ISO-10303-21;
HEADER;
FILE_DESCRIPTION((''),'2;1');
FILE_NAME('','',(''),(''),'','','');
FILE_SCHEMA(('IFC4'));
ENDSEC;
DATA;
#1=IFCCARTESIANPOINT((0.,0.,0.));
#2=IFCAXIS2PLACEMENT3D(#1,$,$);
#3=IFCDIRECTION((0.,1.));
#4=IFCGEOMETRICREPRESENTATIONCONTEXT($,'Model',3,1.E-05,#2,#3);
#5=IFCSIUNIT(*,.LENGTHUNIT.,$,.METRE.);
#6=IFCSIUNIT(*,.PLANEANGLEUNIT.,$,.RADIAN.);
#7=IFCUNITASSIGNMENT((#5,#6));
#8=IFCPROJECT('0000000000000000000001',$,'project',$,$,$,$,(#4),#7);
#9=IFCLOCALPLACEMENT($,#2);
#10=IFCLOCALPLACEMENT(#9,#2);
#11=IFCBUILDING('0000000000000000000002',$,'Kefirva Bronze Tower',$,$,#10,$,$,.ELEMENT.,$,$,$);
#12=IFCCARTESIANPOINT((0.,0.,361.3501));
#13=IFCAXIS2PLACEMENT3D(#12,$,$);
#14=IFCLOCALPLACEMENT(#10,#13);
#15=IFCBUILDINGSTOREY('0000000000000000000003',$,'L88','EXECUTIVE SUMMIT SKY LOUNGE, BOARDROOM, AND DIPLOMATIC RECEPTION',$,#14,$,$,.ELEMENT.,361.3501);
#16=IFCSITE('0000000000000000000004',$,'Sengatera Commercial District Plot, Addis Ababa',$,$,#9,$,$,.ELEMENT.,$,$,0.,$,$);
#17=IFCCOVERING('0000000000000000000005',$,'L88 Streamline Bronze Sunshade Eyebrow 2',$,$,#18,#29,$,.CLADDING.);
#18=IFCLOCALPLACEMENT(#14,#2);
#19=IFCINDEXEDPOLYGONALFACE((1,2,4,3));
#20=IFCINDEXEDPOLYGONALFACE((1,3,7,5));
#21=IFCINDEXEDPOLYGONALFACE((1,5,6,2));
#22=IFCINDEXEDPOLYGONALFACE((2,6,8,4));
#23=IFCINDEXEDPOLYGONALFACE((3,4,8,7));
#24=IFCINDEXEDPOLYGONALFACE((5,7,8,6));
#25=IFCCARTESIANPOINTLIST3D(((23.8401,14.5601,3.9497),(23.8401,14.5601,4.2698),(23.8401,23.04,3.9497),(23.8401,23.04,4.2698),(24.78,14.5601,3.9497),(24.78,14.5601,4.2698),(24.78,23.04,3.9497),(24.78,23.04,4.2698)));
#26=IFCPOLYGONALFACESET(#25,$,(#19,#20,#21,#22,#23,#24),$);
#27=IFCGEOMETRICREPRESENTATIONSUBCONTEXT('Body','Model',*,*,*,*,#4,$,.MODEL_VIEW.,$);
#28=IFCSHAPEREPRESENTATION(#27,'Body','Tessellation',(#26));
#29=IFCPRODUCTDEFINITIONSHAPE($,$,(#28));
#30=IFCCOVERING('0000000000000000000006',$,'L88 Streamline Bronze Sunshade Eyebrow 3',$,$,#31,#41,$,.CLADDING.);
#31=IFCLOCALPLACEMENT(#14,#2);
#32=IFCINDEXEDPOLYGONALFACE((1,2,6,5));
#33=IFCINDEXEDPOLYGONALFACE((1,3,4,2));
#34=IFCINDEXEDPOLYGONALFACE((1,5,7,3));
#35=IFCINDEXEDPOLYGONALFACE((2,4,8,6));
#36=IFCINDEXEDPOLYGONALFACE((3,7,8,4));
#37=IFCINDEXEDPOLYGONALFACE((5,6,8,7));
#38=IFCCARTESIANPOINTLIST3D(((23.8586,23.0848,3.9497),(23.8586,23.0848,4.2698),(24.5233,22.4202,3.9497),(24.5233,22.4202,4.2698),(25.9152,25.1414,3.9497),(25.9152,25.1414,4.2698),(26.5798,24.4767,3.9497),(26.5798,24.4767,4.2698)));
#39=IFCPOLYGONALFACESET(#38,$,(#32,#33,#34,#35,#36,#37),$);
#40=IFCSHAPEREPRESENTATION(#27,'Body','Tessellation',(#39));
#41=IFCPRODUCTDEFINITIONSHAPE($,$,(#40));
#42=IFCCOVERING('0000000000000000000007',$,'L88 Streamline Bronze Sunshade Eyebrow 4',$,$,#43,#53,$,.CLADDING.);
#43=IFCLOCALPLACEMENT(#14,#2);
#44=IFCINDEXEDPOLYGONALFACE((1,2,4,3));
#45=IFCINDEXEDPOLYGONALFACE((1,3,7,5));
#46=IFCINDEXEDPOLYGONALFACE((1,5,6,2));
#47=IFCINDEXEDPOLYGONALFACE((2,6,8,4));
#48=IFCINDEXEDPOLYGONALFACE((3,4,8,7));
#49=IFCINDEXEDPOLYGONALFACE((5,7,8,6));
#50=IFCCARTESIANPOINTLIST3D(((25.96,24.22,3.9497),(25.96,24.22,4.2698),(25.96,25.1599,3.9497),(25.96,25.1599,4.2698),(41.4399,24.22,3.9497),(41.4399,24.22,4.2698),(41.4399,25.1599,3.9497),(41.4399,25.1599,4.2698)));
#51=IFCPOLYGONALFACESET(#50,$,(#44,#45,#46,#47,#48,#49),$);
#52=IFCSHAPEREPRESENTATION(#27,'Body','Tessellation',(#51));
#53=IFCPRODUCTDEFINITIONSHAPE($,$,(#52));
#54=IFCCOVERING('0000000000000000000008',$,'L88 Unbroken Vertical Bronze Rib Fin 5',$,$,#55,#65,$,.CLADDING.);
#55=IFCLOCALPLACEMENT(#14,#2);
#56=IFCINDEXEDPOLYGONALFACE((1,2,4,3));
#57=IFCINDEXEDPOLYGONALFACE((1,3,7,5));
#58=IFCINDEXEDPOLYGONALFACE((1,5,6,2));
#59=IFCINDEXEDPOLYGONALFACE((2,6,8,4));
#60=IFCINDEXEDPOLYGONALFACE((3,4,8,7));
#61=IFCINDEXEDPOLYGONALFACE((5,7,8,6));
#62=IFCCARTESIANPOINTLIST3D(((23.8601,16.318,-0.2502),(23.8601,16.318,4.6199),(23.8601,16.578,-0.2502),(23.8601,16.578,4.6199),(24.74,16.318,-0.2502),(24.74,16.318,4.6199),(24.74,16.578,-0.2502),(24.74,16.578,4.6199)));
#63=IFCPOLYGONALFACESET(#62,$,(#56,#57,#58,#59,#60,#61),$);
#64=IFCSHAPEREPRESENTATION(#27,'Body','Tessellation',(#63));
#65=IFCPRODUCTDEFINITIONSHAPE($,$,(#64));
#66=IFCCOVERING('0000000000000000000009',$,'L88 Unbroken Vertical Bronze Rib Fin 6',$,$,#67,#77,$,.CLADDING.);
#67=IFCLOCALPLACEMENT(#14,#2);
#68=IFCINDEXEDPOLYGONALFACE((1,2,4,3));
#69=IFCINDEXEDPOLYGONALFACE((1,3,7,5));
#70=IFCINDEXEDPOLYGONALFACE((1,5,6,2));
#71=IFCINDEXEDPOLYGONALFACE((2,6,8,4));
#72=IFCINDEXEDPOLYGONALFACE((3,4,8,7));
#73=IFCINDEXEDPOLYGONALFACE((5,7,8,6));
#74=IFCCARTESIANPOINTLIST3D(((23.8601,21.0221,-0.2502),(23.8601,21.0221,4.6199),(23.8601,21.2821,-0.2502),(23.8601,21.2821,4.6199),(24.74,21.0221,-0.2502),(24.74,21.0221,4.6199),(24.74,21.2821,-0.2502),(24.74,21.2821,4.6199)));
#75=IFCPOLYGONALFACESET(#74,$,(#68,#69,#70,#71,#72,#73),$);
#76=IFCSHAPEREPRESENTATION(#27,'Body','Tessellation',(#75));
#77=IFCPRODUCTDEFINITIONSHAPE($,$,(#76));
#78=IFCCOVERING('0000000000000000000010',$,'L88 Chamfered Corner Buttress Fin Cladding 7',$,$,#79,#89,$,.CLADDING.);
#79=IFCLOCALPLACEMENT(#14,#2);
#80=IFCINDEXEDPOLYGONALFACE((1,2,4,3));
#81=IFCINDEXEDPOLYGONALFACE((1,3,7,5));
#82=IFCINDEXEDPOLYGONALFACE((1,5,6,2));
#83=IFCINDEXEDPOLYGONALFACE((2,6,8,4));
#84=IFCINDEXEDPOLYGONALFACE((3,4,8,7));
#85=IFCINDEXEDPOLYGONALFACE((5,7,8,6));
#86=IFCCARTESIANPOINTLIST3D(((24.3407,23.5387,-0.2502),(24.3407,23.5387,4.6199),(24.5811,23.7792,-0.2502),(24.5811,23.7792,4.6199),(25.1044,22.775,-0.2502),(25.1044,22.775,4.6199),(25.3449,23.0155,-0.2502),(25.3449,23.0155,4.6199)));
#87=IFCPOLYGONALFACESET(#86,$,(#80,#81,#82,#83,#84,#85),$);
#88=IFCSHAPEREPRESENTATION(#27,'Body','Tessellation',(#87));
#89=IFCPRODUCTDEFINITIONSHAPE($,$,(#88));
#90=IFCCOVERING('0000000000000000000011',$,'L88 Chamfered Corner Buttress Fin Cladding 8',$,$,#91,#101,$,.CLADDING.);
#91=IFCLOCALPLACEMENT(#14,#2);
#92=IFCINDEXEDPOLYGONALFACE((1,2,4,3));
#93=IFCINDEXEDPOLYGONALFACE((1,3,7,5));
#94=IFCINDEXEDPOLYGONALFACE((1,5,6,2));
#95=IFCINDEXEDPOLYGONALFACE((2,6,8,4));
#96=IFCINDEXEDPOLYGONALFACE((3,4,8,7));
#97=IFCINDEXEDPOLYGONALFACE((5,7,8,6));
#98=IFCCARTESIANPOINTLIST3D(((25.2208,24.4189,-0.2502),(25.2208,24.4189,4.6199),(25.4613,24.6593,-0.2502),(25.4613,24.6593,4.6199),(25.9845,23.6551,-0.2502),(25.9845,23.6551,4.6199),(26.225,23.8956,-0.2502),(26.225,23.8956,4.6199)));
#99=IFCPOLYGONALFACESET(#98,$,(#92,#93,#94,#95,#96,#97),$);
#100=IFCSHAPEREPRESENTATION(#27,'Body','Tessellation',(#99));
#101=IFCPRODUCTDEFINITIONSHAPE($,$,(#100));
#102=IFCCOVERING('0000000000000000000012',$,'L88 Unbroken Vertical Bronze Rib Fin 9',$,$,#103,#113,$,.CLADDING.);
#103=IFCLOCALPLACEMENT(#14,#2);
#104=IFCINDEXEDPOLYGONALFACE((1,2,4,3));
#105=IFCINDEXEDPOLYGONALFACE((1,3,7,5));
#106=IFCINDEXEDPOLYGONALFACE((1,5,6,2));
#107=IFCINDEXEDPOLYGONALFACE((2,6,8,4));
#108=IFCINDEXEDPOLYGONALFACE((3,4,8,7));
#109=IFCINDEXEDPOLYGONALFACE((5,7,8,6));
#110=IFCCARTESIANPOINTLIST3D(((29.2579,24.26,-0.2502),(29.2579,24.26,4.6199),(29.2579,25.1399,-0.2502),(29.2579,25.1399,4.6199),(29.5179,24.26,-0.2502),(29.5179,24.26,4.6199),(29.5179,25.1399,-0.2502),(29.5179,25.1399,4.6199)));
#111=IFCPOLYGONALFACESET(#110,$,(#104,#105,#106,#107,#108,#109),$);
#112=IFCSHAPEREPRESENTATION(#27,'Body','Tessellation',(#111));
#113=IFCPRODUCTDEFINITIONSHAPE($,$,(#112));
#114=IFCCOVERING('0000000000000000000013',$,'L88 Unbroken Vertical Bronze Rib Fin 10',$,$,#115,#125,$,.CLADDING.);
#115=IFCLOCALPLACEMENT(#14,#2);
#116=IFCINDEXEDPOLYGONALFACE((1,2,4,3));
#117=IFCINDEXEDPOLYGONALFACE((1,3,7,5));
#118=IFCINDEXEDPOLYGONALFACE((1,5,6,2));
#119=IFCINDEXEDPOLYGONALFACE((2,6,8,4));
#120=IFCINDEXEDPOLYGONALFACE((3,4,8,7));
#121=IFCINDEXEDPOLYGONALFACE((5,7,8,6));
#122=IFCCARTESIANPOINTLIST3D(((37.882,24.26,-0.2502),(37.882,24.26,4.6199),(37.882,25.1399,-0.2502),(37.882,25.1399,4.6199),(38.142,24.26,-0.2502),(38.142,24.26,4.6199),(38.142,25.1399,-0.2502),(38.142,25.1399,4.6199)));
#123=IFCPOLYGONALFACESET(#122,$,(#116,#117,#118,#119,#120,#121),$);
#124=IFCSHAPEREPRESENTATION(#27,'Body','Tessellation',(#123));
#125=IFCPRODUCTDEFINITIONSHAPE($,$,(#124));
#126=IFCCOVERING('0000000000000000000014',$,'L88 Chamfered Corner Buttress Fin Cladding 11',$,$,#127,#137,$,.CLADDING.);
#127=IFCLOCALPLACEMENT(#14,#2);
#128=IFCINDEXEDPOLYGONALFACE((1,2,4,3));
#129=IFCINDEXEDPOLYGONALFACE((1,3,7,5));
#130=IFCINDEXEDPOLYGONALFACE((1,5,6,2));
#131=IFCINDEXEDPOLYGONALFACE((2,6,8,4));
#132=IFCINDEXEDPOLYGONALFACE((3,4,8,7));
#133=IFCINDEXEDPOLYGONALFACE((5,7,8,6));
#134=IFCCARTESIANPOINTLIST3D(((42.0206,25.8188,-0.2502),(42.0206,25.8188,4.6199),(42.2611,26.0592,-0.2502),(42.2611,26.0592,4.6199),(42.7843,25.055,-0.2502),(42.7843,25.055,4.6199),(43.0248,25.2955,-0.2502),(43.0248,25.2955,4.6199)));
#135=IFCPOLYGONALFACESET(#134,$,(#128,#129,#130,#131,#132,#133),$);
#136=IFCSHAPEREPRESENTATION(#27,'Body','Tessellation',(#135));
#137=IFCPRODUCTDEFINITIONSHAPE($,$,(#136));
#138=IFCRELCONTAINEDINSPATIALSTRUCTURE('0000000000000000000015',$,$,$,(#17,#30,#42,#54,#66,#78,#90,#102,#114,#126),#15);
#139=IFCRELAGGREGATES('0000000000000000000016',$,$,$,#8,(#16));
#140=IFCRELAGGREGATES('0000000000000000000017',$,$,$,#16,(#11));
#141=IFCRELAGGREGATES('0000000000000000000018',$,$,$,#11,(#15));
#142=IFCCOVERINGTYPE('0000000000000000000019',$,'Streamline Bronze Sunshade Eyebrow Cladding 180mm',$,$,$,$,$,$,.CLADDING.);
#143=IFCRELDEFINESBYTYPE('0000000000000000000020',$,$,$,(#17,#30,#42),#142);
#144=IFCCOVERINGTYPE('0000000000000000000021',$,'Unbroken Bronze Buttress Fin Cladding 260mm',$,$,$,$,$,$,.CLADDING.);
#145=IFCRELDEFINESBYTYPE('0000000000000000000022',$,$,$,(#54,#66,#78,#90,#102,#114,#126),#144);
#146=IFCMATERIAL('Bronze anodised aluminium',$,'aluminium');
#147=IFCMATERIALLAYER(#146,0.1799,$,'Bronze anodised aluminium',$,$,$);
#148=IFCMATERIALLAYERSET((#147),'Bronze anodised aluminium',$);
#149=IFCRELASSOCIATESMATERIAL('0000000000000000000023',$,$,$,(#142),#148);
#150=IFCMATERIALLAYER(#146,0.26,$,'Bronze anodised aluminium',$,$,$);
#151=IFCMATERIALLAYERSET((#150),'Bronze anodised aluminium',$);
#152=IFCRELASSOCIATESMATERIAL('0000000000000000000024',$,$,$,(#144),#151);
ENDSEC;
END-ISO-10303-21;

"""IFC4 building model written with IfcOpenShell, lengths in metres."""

from ifc_helpers import new_model, si_unit, direction, frame, origin, origin_2d, place, context, subcontext, project, spatial, rectangle, extrude, material, layer, layer_set, type_object, element, save


model = new_model("IFC4")

# Units and contexts
model_context = context("Model", 3, precision=1e-05, world=origin(), true_north=direction((0.0, 1.0)))
body_context = subcontext(model_context, "Body", "Model", "MODEL_VIEW")
ifc_project = project(units=[si_unit("LENGTHUNIT", "METRE"), si_unit("PLANEANGLEUNIT", "RADIAN")], contexts=[model_context])

# Site, building, storey
site_placement = place(None, origin())
site = spatial("IfcSite", under=ifc_project, at=site_placement, Name="Sengatera Commercial District Plot, Addis Ababa", CompositionType="ELEMENT", RefElevation=0.0)
building_placement = place(site_placement, origin())
building = spatial("IfcBuilding", under=site, at=building_placement, Name="Kefirva Bronze Tower", CompositionType="ELEMENT")
storey_placement = place(building_placement, frame((0.0, 0.0, 361.3501)))
storey = spatial("IfcBuildingStorey", under=building, at=storey_placement, Name="L88", Description="EXECUTIVE SUMMIT SKY LOUNGE, BOARDROOM, AND DIPLOMATIC RECEPTION", CompositionType="ELEMENT", Elevation=361.3501)

# Shared definitions
ifc_material_1 = material(Name="Bronze anodised aluminium", Category="aluminium")

# Coverings
ifc_layer_1 = layer(ifc_material_1, 0.1799, Name="Bronze anodised aluminium")
ifc_layer_set_1 = layer_set([ifc_layer_1], Name="Bronze anodised aluminium")
covering_type_1 = type_object("IfcCoveringType", Name="Streamline Bronze Sunshade Eyebrow Cladding 180mm", PredefinedType="CLADDING", material=ifc_layer_set_1)
covering_1_placement = place(storey_placement, frame((24.3101, 18.8, 3.9497), z_axis=(0.0, 0.0, 1.0), x_axis=(0.0, 1.0, 0.0)))
element("IfcCovering", 1, at=covering_1_placement, inside=storey, type_object=covering_type_1, Name="L88 Streamline Bronze Sunshade Eyebrow 2", PredefinedType="CLADDING", context=body_context, shape_type="SweptSolid", body=[
    extrude(rectangle(XDim=8.48, YDim=0.9399, at=origin_2d()), origin(), (0.0, 0.0, 1.0), 0.3201),
])
covering_2_placement = place(storey_placement, frame((25.2192, 23.7808, 3.9497), z_axis=(0.0, 0.0, 1.0), x_axis=(0.707107, 0.707107, 0.0)))
element("IfcCovering", 2, at=covering_2_placement, inside=storey, type_object=covering_type_1, Name="L88 Streamline Bronze Sunshade Eyebrow 3", PredefinedType="CLADDING", context=body_context, shape_type="SweptSolid", body=[
    extrude(rectangle(XDim=2.9084, YDim=0.9399, at=origin_2d()), origin(), (0.0, 0.0, 1.0), 0.3201),
])
covering_3_placement = place(storey_placement, frame((33.7, 24.6899, 3.9497), z_axis=(0.0, 0.0, 1.0), x_axis=(1.0, 0.0, 0.0)))
element("IfcCovering", 3, at=covering_3_placement, inside=storey, type_object=covering_type_1, Name="L88 Streamline Bronze Sunshade Eyebrow 4", PredefinedType="CLADDING", context=body_context, shape_type="SweptSolid", body=[
    extrude(rectangle(XDim=15.48, YDim=0.9399, at=origin_2d()), origin(), (0.0, 0.0, 1.0), 0.3201),
])
ifc_layer_2 = layer(ifc_material_1, 0.26, Name="Bronze anodised aluminium")
ifc_layer_set_2 = layer_set([ifc_layer_2], Name="Bronze anodised aluminium")
covering_type_2 = type_object("IfcCoveringType", Name="Unbroken Bronze Buttress Fin Cladding 260mm", PredefinedType="CLADDING", material=ifc_layer_set_2)
for number, where, z_axis, x_axis, name in (
    (4, (24.3, 16.448, -0.2502), (0.0, 0.0, 1.0), (0.0, 1.0, 0.0), "L88 Unbroken Vertical Bronze Rib Fin 5"),
    (5, (24.3, 21.1521, -0.2502), (0.0, 0.0, 1.0), (0.0, 1.0, 0.0), "L88 Unbroken Vertical Bronze Rib Fin 6"),
):
    element("IfcCovering", number, at=place(storey_placement, frame(where, z_axis=z_axis, x_axis=x_axis)), inside=storey, type_object=covering_type_2, Name=name, PredefinedType="CLADDING", context=body_context, shape_type="SweptSolid", body=[
        extrude(rectangle(XDim=0.26, YDim=0.8799, at=origin_2d()), origin(), (0.0, 0.0, 1.0), 4.8701),
    ])
for number, where, z_axis, x_axis, name in (
    (6, (24.8428, 23.2771, -0.2502), (0.0, 0.0, 1.0), (0.707107, 0.707107, 0.0), "L88 Chamfered Corner Buttress Fin Cladding 7"),
    (7, (25.7229, 24.1572, -0.2502), (0.0, 0.0, 1.0), (0.707107, 0.707107, 0.0), "L88 Chamfered Corner Buttress Fin Cladding 8"),
):
    element("IfcCovering", number, at=place(storey_placement, frame(where, z_axis=z_axis, x_axis=x_axis)), inside=storey, type_object=covering_type_2, Name=name, PredefinedType="CLADDING", context=body_context, shape_type="SweptSolid", body=[
        extrude(rectangle(XDim=0.3401, YDim=1.0801, at=origin_2d()), origin(), (0.0, 0.0, 1.0), 4.8701),
    ])
for number, where, z_axis, x_axis, name in (
    (8, (29.3879, 24.7, -0.2502), (0.0, 0.0, 1.0), (1.0, 0.0, 0.0), "L88 Unbroken Vertical Bronze Rib Fin 9"),
    (9, (38.012, 24.7, -0.2502), (0.0, 0.0, 1.0), (1.0, 0.0, 0.0), "L88 Unbroken Vertical Bronze Rib Fin 10"),
):
    element("IfcCovering", number, at=place(storey_placement, frame(where, z_axis=z_axis, x_axis=x_axis)), inside=storey, type_object=covering_type_2, Name=name, PredefinedType="CLADDING", context=body_context, shape_type="SweptSolid", body=[
        extrude(rectangle(XDim=0.26, YDim=0.8799, at=origin_2d()), origin(), (0.0, 0.0, 1.0), 4.8701),
    ])
covering_4_placement = place(storey_placement, frame((42.5227, 25.5571, -0.2502), z_axis=(0.0, 0.0, 1.0), x_axis=(0.707107, 0.707107, 0.0)))
element("IfcCovering", 10, at=covering_4_placement, inside=storey, type_object=covering_type_2, Name="L88 Chamfered Corner Buttress Fin Cladding 11", PredefinedType="CLADDING", context=body_context, shape_type="SweptSolid", body=[
    extrude(rectangle(XDim=0.3401, YDim=1.0801, at=origin_2d()), origin(), (0.0, 0.0, 1.0), 4.8701),
])

save(model, "model.ifc")
